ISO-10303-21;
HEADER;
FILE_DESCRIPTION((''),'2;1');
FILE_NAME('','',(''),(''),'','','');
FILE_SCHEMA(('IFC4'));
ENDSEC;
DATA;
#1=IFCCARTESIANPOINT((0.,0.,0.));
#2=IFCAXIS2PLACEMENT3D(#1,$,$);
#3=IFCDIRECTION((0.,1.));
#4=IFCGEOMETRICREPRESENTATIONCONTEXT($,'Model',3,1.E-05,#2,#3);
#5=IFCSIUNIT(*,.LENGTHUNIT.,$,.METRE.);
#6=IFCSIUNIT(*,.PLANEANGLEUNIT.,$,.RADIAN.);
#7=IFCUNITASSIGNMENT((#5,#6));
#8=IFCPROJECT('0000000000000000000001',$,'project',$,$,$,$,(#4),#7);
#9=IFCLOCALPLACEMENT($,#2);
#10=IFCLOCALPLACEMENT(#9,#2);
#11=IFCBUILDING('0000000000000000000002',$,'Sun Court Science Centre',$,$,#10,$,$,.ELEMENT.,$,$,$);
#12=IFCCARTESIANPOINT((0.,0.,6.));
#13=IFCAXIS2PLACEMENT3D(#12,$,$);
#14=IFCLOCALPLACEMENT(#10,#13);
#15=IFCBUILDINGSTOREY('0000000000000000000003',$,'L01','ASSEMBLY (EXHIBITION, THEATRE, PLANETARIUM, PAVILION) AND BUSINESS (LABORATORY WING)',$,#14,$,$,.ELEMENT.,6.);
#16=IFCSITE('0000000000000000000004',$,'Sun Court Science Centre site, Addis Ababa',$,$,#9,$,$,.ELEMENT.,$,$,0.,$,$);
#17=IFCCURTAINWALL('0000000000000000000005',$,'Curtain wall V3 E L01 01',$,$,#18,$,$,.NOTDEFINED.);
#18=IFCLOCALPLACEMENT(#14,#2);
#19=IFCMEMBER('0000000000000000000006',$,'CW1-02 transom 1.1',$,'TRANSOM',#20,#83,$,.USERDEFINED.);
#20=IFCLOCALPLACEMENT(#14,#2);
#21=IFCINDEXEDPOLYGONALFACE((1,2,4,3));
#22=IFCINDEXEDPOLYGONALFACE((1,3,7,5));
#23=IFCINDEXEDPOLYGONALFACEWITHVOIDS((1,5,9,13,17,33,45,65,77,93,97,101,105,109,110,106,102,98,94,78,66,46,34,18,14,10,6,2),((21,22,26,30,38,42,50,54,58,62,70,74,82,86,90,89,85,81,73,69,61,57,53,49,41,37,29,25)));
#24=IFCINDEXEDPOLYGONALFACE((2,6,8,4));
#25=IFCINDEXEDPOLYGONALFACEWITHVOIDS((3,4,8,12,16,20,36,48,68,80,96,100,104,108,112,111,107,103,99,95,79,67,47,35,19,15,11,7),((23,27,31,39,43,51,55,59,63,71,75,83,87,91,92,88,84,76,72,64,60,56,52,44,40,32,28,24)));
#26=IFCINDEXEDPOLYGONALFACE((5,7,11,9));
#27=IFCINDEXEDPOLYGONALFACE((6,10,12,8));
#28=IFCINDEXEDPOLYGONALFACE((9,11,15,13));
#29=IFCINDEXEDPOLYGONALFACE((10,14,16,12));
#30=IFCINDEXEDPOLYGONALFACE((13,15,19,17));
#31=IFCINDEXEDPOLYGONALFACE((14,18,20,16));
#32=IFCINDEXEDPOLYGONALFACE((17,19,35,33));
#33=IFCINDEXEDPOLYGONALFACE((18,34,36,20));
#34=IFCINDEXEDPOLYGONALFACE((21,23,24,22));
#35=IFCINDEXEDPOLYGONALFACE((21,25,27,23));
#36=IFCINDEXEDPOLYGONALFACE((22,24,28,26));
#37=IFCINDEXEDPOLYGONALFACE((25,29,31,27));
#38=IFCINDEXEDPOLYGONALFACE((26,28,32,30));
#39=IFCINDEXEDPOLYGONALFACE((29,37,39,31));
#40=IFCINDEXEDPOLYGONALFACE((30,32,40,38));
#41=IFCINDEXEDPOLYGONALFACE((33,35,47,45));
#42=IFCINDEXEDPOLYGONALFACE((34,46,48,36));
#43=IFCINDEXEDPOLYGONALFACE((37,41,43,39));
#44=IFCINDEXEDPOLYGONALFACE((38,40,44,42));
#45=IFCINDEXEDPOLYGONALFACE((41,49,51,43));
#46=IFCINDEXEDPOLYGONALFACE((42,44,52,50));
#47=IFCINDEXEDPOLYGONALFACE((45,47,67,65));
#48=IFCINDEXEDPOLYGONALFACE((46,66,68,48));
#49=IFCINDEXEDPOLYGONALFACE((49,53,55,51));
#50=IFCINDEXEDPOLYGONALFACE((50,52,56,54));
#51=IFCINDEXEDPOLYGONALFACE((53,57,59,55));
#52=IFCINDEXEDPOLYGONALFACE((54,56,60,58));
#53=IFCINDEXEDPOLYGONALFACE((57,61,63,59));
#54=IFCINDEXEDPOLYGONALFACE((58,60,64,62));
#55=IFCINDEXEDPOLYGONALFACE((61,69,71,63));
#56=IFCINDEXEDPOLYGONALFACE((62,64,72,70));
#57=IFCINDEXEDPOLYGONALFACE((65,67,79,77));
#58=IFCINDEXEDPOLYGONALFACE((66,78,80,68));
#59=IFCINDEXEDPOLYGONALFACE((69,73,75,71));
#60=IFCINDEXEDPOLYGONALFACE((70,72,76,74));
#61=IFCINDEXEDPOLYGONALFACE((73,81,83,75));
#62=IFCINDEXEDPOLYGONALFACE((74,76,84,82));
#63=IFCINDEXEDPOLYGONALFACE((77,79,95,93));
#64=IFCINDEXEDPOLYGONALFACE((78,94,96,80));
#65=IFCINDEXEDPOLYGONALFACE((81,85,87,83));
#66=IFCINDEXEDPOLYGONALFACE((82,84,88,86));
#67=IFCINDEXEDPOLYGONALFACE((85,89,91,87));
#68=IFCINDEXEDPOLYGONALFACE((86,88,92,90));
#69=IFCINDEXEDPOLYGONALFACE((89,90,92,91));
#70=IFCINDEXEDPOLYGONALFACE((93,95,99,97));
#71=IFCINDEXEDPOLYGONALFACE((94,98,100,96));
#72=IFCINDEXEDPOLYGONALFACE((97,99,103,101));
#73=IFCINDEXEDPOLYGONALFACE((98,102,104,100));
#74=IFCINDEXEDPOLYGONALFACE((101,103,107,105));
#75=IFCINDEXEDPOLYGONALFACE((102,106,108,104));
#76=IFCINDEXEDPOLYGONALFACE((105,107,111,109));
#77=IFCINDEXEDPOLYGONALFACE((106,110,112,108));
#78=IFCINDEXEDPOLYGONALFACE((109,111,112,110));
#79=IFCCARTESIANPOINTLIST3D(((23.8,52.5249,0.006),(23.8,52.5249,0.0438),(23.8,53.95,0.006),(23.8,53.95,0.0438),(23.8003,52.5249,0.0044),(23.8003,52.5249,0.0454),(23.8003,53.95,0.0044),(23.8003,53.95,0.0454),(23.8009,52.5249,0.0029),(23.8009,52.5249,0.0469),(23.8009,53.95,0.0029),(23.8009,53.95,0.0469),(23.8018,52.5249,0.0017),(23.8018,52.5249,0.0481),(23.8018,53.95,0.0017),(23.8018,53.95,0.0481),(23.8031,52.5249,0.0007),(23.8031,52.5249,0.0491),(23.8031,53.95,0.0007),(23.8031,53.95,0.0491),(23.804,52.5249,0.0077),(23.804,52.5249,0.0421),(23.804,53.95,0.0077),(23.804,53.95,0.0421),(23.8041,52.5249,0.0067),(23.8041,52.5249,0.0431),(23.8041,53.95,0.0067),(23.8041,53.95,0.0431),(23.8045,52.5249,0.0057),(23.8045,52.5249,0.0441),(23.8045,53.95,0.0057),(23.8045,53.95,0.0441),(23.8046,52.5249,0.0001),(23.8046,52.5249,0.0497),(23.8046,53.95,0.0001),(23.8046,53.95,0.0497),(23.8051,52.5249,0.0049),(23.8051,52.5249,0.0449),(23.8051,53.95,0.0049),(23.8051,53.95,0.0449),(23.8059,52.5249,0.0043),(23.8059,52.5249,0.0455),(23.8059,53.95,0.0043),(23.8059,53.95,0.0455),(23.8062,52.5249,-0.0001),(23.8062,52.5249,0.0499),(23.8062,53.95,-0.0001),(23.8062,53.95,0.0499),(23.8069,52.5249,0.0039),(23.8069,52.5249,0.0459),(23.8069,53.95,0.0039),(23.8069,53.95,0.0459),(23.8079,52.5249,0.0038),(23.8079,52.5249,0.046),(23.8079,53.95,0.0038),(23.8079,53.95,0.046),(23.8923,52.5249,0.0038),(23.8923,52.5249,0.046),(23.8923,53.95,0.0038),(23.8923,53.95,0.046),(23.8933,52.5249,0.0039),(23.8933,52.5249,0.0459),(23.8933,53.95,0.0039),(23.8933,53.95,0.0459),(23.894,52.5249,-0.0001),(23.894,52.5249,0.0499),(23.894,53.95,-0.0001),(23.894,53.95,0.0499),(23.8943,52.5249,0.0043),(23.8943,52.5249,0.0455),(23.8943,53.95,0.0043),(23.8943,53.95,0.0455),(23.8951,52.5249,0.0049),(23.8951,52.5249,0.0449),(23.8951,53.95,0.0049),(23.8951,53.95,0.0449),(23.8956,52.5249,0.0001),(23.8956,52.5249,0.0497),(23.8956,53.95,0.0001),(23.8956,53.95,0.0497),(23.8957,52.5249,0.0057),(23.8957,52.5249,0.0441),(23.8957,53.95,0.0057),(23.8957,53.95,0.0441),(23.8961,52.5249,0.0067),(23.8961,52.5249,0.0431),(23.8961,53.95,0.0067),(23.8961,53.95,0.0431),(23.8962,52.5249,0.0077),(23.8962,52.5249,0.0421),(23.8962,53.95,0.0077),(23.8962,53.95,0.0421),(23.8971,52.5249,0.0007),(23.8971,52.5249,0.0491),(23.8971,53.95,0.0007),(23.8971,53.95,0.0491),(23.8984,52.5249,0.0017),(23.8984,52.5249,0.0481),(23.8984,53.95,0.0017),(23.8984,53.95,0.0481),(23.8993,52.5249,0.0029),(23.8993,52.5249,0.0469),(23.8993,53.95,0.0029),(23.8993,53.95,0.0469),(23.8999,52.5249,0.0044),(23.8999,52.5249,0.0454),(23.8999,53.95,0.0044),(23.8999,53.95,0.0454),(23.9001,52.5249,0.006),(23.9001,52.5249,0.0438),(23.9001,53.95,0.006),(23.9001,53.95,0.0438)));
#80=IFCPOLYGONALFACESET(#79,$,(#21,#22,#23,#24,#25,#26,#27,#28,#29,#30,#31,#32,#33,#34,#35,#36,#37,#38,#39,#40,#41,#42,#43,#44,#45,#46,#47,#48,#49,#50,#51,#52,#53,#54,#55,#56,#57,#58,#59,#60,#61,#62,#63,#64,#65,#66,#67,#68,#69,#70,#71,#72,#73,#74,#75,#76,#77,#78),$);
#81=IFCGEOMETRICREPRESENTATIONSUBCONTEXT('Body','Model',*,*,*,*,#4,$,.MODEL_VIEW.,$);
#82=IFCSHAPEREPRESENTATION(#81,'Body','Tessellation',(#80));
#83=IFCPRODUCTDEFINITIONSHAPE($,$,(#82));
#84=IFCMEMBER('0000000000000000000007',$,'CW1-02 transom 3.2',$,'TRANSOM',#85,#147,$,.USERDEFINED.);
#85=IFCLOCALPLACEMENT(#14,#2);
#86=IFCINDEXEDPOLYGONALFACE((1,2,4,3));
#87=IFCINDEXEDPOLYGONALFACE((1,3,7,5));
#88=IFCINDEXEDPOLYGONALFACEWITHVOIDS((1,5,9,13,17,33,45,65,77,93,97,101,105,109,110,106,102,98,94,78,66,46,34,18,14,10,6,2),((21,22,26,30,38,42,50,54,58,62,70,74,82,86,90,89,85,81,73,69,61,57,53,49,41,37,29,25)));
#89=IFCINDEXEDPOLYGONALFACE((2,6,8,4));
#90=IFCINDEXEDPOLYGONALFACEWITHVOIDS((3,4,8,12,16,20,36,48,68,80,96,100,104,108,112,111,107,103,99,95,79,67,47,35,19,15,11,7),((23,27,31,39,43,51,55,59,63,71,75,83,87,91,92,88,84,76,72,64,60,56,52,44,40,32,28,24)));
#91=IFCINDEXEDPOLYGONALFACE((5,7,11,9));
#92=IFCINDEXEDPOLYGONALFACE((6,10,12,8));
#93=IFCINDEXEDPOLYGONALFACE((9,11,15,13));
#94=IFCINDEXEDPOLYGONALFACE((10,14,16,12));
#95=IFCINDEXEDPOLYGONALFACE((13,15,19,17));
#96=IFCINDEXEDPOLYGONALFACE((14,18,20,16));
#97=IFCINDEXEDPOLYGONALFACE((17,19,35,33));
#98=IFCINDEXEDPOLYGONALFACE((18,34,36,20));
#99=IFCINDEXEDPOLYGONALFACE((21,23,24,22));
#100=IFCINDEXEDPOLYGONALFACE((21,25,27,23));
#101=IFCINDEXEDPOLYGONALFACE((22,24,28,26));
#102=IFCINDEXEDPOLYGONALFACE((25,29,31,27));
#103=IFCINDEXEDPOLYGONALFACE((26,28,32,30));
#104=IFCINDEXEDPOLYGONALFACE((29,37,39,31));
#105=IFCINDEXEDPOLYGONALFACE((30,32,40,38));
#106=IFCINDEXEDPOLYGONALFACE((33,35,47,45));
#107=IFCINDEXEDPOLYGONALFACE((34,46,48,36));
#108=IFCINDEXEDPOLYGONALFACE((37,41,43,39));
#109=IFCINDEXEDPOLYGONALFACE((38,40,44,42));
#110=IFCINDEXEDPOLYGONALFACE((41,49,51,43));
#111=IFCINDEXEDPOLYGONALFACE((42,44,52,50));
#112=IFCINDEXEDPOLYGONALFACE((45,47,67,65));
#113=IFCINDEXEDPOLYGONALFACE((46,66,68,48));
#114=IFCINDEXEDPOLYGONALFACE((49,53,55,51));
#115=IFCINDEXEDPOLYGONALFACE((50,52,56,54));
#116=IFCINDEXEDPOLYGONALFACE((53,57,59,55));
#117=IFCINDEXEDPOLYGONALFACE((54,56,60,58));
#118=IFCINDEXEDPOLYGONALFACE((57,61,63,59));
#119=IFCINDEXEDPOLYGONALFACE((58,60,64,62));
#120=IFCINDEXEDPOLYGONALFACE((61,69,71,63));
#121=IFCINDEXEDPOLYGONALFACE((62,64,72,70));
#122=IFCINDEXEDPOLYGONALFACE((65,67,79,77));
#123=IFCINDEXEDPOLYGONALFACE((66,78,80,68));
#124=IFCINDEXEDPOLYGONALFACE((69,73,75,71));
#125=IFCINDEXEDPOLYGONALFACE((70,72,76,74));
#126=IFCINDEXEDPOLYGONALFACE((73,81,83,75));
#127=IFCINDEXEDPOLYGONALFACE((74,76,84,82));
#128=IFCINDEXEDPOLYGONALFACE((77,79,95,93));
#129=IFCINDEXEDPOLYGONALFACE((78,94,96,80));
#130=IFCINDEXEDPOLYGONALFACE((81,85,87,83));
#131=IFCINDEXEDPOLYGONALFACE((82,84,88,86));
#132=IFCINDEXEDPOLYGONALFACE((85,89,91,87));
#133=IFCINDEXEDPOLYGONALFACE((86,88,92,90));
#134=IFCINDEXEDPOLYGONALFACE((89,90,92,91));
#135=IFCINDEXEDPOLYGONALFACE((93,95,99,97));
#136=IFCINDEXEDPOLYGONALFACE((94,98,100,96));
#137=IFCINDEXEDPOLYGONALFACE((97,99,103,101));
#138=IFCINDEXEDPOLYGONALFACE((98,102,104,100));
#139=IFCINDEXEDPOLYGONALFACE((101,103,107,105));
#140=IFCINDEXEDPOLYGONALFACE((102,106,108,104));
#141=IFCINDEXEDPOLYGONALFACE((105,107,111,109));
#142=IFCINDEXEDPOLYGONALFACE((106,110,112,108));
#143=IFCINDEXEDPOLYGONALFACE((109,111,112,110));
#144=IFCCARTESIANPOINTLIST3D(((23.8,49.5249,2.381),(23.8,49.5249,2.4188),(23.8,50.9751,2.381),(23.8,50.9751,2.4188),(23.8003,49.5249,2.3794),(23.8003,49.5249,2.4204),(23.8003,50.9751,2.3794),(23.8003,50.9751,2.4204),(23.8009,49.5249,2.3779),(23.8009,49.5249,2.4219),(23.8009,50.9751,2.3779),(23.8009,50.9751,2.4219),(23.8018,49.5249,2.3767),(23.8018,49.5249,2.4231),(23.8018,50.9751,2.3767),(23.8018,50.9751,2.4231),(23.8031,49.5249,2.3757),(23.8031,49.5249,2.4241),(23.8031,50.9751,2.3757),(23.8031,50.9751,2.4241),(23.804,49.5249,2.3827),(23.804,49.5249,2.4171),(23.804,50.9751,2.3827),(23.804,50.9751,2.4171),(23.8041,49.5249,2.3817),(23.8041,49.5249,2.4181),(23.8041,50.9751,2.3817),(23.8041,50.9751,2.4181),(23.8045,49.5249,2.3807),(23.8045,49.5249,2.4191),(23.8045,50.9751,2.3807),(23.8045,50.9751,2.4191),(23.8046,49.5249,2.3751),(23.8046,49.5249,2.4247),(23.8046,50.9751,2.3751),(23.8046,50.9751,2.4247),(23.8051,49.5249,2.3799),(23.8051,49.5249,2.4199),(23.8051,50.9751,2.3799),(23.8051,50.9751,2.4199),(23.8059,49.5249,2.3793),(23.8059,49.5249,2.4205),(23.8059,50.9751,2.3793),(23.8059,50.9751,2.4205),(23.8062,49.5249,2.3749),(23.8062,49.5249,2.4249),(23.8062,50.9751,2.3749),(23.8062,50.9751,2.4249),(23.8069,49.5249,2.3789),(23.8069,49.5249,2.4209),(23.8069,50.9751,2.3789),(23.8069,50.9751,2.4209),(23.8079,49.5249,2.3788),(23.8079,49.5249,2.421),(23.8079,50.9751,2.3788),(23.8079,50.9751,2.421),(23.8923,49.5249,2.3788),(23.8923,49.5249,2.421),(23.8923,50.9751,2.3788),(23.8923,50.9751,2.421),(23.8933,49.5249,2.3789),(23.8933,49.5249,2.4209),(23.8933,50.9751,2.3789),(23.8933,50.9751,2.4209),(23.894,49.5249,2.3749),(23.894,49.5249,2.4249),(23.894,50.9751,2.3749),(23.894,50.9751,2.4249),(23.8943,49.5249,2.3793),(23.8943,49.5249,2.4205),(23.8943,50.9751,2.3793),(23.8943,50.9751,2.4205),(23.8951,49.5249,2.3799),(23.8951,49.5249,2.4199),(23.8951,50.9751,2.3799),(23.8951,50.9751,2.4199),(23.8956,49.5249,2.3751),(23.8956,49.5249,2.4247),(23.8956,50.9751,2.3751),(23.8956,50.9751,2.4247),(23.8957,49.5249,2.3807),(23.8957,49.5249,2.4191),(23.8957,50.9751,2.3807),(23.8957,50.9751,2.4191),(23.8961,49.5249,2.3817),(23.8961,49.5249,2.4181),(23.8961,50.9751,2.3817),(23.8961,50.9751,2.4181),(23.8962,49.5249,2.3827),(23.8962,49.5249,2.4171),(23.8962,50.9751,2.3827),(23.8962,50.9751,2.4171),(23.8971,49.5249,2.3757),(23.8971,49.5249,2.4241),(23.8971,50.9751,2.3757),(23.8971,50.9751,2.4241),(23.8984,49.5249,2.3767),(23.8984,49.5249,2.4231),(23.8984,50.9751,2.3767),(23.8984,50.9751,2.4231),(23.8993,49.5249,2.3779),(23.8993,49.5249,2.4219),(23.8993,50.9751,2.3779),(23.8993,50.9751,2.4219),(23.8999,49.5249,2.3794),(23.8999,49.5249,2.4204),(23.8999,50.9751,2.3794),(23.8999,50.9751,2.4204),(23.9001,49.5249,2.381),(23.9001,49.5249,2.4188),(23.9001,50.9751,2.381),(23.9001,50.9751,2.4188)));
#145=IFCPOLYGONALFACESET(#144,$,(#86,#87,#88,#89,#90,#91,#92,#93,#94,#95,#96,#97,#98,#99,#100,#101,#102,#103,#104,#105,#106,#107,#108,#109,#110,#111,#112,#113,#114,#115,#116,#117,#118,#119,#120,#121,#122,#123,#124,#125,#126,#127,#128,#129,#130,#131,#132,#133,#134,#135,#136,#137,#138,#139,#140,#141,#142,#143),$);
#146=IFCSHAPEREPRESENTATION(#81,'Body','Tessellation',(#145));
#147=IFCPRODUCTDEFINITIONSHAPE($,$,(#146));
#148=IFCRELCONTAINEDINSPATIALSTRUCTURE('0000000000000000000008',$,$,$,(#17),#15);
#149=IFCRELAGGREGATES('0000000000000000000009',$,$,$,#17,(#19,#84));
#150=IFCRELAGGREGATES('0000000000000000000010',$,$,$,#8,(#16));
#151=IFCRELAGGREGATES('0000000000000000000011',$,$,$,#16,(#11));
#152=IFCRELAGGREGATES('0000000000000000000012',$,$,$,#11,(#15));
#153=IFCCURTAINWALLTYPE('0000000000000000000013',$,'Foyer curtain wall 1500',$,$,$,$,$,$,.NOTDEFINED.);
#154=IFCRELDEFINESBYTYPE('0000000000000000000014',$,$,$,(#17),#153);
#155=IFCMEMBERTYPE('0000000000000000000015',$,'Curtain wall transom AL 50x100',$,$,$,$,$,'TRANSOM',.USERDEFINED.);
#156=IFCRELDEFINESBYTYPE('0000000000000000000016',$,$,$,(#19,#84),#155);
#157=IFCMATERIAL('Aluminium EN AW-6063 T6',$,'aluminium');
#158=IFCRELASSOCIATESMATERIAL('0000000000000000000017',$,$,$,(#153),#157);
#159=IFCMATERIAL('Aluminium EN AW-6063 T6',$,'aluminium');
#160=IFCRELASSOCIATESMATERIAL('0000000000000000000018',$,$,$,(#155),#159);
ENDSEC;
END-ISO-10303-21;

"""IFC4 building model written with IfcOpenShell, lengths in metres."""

from ifc_helpers import new_model, si_unit, direction, frame, origin, origin_2d, place, context, subcontext, project, spatial, hollow_rectangle, extrude, material, material_profile, profile_set, type_object, element, aggregate, save


model = new_model("IFC4")

# Units and contexts
model_context = context("Model", 3, precision=1e-05, world=origin(), true_north=direction((0.0, 1.0)))
body_context = subcontext(model_context, "Body", "Model", "MODEL_VIEW")
ifc_project = project(units=[si_unit("LENGTHUNIT", "METRE"), si_unit("PLANEANGLEUNIT", "RADIAN")], contexts=[model_context])

# Site, building, storey
site_placement = place(None, origin())
site = spatial("IfcSite", under=ifc_project, at=site_placement, Name="Sun Court Science Centre site, Addis Ababa", CompositionType="ELEMENT", RefElevation=0.0)
building_placement = place(site_placement, origin())
building = spatial("IfcBuilding", under=site, at=building_placement, Name="Sun Court Science Centre", CompositionType="ELEMENT")
storey_placement = place(building_placement, frame((0.0, 0.0, 6.0)))
storey = spatial("IfcBuildingStorey", under=building, at=storey_placement, Name="L01", Description="ASSEMBLY (EXHIBITION, THEATRE, PLANETARIUM, PAVILION) AND BUSINESS (LABORATORY WING)", CompositionType="ELEMENT", Elevation=6.0)

# Curtain wall
ifc_material_1 = material(Name="Aluminium EN AW-6063 T6", Category="aluminium")
curtain_wall_type_1 = type_object("IfcCurtainWallType", Name="Foyer curtain wall 1500", PredefinedType="NOTDEFINED", material=ifc_material_1)
curtain_wall_1_placement = place(storey_placement, origin())
curtain_wall_1 = element("IfcCurtainWall", 1, at=curtain_wall_1_placement, inside=storey, type_object=curtain_wall_type_1, Name="Curtain wall V3 E L01 01", PredefinedType="NOTDEFINED")

# Members
ifc_material_2 = material(Name="Aluminium EN AW-6063 T6", Category="aluminium")
ifc_material_profile_1 = material_profile(ifc_material_2, hollow_rectangle(XDim=0.05, YDim=0.1001, WallThickness=0.0039, InnerFilletRadius=0.0039, OuterFilletRadius=0.0061, at=origin_2d()), Name="AL 50x100x4")
ifc_profile_set_1 = profile_set([ifc_material_profile_1], Name="Aluminium EN AW-6063 T6")
member_type_1 = type_object("IfcMemberType", Name="Curtain wall transom AL 50x100", ElementType="TRANSOM", PredefinedType="USERDEFINED", material=ifc_profile_set_1)
member_1_placement = place(storey_placement, frame((23.8501, 53.95, 0.0249), z_axis=(0.0, -1.0, 0.0), x_axis=(0.0, 0.0, 1.0)))
member_1 = element("IfcMember", 2, at=member_1_placement, type_object=member_type_1, Name="CW1-02 transom 1.1", ObjectType="TRANSOM", PredefinedType="USERDEFINED", context=body_context, shape_type="SweptSolid", body=[
    extrude(hollow_rectangle(XDim=0.05, YDim=0.1001, WallThickness=0.0039, InnerFilletRadius=0.0039, OuterFilletRadius=0.0061, at=origin_2d()), origin(), (0.0, 0.0, 1.0), 1.425),
])
member_2_placement = place(storey_placement, frame((23.8501, 50.9751, 2.3999), z_axis=(0.0, -1.0, 0.0), x_axis=(0.0, 0.0, 1.0)))
member_2 = element("IfcMember", 3, at=member_2_placement, type_object=member_type_1, Name="CW1-02 transom 3.2", ObjectType="TRANSOM", PredefinedType="USERDEFINED", context=body_context, shape_type="SweptSolid", body=[
    extrude(hollow_rectangle(XDim=0.05, YDim=0.1001, WallThickness=0.0039, InnerFilletRadius=0.0039, OuterFilletRadius=0.0061, at=origin_2d()), origin(), (0.0, 0.0, 1.0), 1.4502),
])

aggregate(curtain_wall_1, [member_1, member_2])

save(model, "model.ifc")
